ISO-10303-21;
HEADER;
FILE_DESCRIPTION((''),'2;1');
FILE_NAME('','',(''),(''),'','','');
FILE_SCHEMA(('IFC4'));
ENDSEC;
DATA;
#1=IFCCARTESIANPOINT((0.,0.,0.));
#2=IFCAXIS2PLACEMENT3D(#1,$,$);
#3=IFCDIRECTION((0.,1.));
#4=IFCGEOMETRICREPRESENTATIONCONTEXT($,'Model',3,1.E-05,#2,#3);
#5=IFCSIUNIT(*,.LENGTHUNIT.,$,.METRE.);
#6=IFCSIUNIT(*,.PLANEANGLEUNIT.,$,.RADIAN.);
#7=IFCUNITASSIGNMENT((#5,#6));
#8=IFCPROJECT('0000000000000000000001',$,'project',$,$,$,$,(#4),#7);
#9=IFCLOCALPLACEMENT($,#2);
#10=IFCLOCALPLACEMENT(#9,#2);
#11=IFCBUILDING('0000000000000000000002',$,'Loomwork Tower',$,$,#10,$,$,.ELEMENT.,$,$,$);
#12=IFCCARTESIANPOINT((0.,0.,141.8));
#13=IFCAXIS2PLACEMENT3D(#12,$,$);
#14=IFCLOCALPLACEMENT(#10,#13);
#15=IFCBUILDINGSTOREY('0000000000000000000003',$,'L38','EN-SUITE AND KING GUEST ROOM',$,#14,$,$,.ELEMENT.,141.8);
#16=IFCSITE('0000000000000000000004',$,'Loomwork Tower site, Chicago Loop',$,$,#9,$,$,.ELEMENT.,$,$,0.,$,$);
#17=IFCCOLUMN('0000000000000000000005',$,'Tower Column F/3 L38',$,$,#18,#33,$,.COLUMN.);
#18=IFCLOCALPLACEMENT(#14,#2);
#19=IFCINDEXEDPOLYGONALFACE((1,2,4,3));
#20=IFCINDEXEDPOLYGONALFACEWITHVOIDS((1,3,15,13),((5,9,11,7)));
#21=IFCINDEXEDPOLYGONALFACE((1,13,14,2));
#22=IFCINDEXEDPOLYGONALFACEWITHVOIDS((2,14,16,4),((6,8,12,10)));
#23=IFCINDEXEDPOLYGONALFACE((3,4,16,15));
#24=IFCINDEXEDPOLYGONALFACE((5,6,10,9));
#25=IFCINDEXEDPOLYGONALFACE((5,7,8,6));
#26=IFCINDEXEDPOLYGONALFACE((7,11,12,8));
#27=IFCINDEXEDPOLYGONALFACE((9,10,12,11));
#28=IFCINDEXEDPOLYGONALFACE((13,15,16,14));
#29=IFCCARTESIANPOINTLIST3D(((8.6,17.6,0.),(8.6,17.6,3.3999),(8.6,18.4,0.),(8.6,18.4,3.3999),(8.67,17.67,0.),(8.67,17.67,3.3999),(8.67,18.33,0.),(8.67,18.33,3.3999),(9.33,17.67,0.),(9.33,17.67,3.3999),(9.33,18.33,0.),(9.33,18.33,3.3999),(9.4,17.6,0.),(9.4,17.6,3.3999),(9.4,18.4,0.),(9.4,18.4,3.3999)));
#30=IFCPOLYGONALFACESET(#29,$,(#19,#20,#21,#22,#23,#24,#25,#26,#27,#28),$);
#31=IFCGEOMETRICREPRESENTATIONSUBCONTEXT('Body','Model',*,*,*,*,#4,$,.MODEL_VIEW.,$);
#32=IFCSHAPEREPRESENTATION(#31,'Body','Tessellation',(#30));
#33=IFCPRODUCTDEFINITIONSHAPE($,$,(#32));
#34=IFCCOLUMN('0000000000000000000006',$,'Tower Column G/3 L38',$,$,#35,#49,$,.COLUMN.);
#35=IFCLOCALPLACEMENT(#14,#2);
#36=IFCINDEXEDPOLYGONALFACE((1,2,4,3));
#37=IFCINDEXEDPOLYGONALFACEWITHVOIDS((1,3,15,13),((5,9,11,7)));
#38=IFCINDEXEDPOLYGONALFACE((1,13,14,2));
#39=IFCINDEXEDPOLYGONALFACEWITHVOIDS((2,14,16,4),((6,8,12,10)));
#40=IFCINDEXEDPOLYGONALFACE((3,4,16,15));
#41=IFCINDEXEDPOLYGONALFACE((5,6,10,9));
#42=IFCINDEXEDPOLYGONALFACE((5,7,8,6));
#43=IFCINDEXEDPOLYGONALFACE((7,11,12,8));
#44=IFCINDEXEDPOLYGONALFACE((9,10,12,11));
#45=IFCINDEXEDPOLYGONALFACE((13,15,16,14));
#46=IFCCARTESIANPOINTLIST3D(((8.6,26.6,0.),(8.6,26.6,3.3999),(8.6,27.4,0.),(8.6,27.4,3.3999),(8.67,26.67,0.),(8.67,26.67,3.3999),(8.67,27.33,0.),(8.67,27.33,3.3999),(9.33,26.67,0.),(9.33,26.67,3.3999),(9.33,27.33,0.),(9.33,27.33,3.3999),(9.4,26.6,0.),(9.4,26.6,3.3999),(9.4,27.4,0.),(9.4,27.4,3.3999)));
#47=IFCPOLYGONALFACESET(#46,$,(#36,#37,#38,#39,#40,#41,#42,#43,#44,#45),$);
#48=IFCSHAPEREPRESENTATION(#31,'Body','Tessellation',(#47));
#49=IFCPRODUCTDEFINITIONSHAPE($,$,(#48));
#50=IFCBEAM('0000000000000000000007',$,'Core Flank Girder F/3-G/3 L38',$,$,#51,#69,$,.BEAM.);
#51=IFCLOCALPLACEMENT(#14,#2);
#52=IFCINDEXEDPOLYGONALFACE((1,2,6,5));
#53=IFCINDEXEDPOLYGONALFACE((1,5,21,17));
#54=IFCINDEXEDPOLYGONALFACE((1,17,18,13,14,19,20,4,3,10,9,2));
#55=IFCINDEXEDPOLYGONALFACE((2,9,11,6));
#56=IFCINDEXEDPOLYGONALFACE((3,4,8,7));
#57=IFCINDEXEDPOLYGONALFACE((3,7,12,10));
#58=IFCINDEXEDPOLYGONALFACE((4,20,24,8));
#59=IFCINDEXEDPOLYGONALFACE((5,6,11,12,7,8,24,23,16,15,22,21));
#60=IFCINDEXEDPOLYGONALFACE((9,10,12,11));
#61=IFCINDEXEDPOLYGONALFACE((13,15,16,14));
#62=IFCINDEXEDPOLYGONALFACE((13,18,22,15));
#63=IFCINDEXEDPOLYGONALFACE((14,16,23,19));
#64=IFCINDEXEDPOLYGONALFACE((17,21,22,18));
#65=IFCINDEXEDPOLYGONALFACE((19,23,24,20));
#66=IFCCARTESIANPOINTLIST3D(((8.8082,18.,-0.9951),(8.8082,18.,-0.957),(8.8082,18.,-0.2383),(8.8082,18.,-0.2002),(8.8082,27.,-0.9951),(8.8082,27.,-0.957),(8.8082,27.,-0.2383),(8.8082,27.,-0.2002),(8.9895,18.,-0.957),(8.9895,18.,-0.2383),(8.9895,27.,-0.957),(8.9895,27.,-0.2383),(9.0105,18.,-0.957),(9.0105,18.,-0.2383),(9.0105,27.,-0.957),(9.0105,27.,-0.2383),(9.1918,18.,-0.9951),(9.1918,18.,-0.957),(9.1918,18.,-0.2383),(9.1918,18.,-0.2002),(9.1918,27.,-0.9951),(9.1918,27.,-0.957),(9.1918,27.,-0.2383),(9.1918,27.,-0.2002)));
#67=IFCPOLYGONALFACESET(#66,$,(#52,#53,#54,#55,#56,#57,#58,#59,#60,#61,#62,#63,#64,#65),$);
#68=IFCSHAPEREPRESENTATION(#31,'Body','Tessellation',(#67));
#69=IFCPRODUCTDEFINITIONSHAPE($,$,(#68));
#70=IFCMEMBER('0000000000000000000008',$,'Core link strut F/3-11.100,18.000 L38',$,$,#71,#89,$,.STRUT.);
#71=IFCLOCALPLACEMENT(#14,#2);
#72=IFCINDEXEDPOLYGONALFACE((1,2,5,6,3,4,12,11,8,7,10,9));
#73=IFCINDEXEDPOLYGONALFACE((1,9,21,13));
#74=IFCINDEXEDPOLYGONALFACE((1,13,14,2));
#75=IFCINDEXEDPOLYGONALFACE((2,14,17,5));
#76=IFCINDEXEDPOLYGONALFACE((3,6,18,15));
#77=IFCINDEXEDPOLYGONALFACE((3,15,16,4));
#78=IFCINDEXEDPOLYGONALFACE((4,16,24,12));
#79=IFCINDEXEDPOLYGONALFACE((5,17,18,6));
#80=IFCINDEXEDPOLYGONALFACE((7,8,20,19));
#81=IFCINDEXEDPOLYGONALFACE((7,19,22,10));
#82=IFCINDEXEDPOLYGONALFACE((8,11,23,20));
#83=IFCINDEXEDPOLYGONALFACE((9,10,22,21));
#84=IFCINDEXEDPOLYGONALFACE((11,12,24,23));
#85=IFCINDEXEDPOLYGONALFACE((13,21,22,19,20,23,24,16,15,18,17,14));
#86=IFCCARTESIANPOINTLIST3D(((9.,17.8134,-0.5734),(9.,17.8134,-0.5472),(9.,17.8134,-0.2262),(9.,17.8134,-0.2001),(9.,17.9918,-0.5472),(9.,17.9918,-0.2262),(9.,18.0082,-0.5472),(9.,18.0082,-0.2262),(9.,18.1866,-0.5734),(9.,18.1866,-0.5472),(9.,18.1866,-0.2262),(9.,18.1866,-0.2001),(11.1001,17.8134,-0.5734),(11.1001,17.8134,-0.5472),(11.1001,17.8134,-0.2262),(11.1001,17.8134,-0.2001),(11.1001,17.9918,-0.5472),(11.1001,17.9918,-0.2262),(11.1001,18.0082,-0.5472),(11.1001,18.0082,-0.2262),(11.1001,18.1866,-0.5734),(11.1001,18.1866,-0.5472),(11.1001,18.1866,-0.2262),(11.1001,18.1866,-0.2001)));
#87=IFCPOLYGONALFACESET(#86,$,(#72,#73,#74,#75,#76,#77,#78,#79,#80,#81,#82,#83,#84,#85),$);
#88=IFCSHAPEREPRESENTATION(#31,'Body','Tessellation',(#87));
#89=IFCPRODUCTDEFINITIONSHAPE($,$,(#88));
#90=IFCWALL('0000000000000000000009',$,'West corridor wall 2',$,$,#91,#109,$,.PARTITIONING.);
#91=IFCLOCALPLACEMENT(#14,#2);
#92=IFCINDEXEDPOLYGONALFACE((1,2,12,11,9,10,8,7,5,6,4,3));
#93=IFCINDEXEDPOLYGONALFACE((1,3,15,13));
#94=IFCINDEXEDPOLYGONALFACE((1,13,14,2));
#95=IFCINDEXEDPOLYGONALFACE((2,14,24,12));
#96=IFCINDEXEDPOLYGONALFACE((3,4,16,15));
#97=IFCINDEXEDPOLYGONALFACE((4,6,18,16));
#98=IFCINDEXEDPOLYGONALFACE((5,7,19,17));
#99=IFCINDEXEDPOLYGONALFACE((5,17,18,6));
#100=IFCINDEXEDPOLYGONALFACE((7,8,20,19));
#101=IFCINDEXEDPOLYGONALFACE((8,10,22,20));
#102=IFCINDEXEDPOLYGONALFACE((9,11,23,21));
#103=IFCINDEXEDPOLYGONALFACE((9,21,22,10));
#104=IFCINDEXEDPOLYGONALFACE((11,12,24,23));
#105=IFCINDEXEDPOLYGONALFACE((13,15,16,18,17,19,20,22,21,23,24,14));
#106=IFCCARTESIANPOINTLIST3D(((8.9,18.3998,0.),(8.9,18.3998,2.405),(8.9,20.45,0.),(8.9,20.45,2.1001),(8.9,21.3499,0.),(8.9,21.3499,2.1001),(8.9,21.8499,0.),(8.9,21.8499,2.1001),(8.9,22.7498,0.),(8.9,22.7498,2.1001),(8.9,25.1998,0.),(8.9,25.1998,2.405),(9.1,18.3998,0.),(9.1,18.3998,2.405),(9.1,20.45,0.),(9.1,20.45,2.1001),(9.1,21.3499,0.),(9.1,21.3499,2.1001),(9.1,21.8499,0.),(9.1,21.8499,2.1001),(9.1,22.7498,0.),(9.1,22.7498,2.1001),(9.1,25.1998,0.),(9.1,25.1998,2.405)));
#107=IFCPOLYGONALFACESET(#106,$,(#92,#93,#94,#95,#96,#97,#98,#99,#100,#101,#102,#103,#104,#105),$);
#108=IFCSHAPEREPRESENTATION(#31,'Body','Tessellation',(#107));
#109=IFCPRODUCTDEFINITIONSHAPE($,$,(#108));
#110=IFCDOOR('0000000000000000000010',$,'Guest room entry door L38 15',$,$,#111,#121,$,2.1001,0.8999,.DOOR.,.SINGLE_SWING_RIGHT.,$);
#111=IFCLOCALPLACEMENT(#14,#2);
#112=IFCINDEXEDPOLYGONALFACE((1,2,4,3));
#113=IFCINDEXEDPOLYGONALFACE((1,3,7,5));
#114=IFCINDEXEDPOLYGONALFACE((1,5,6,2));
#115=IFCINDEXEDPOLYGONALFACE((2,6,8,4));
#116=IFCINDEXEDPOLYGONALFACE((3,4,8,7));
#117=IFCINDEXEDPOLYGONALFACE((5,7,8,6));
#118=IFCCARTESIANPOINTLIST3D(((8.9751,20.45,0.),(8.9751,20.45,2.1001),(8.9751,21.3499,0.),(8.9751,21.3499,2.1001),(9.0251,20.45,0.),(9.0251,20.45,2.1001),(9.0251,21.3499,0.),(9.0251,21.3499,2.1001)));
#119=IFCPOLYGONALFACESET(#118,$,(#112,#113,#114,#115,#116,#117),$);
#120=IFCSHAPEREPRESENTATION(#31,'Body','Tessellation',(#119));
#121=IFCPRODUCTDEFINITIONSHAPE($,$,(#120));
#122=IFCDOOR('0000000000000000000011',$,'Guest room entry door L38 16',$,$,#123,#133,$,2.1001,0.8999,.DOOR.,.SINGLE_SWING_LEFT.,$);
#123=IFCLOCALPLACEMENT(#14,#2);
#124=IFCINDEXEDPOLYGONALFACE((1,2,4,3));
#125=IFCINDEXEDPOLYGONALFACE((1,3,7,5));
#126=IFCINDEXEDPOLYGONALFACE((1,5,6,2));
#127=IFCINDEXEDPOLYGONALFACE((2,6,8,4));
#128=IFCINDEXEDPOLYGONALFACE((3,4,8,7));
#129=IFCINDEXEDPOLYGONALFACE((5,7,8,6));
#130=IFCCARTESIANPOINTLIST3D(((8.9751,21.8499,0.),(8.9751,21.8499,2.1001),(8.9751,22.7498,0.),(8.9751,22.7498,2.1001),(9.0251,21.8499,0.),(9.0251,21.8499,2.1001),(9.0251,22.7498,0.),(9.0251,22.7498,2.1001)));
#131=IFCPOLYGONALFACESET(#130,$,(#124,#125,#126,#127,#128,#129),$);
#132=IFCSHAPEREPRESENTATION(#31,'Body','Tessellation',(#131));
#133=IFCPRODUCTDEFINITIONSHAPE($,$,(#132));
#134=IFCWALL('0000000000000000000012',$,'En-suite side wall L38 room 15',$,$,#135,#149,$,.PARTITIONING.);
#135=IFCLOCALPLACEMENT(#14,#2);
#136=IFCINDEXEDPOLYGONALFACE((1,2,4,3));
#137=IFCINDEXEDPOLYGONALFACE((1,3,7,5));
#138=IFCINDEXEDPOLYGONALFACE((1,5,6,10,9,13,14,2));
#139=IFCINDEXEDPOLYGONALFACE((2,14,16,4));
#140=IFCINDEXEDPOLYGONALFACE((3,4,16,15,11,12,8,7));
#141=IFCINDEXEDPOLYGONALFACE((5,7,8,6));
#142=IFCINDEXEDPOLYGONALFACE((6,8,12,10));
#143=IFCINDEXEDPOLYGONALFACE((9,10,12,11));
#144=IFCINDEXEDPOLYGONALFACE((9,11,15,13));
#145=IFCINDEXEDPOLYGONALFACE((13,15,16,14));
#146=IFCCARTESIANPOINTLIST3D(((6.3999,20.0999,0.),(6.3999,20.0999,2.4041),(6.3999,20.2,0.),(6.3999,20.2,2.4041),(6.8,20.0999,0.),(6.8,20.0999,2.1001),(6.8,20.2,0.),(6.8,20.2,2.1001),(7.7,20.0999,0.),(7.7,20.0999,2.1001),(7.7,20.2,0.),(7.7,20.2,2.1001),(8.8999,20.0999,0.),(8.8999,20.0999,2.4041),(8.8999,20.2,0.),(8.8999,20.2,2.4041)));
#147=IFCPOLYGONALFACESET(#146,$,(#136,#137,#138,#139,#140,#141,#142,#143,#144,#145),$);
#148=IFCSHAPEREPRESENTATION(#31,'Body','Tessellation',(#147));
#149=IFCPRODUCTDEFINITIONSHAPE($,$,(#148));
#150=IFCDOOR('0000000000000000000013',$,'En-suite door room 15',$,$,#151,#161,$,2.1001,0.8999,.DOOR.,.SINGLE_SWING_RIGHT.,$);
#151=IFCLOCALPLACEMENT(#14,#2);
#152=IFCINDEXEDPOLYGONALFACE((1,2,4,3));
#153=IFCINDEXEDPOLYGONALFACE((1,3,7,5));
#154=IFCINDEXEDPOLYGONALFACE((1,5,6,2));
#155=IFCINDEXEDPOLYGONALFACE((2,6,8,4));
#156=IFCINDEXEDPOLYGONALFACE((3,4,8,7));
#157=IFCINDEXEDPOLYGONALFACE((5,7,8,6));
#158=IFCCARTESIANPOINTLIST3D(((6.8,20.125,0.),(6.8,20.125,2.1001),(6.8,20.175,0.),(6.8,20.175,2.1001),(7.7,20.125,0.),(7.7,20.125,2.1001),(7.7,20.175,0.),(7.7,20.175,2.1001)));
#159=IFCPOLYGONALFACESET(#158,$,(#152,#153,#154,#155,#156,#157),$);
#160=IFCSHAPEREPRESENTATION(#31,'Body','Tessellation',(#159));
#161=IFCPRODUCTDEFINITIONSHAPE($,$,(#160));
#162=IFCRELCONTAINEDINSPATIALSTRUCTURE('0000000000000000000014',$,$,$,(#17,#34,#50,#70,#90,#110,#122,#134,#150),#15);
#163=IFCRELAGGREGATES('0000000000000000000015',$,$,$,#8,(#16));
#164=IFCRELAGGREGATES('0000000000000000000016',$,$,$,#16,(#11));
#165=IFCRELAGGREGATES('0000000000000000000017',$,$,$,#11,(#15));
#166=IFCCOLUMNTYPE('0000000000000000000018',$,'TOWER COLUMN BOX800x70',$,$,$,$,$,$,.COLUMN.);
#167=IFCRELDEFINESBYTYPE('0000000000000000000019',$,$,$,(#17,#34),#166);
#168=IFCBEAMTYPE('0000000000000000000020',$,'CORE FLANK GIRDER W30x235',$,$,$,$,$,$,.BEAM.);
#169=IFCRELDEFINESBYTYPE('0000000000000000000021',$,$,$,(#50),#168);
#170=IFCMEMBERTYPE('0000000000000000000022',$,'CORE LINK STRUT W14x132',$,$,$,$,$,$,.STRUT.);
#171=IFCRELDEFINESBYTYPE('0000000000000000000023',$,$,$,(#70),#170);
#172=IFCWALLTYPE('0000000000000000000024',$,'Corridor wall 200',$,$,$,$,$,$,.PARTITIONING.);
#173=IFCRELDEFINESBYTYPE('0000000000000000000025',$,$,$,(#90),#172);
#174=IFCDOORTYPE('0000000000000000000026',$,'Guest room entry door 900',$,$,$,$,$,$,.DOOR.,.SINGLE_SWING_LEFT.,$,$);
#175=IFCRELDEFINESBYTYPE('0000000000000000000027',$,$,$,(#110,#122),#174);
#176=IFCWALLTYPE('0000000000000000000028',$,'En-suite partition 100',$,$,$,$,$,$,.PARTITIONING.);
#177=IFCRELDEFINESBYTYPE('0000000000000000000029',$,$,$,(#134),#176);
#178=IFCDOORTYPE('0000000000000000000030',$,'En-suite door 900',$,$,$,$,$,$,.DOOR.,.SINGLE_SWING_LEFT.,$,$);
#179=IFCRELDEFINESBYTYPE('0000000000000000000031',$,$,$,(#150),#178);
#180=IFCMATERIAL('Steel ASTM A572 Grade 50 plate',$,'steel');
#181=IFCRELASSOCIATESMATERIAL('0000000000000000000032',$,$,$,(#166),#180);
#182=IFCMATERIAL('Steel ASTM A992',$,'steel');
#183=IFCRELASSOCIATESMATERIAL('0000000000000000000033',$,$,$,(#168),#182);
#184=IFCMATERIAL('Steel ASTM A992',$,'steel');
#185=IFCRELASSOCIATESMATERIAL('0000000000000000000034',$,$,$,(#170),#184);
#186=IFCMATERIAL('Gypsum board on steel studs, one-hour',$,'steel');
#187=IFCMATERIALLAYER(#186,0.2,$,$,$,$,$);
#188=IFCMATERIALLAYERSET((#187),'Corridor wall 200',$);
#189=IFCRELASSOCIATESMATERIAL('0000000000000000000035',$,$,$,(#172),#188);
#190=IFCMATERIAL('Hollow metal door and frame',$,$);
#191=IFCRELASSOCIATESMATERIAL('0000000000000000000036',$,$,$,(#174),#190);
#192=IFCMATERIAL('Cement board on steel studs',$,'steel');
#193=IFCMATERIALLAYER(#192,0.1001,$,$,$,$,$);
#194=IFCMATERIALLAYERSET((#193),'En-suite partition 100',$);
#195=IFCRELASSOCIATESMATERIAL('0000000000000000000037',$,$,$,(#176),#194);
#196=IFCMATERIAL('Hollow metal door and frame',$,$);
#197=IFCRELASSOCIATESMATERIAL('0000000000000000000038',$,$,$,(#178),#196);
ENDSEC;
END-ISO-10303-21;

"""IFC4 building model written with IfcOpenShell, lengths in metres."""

from ifc_helpers import new_model, si_unit, direction, frame, frame_2d, origin, origin_2d, place, context, subcontext, project, spatial, rectangle, hollow_rectangle, i_section, extrude, material, layer, layer_set, material_profile, profile_set, type_object, element, fill, save


model = new_model("IFC4")

# Units and contexts
model_context = context("Model", 3, precision=1e-05, world=origin(), true_north=direction((0.0, 1.0)))
body_context = subcontext(model_context, "Body", "Model", "MODEL_VIEW")
ifc_project = project(units=[si_unit("LENGTHUNIT", "METRE"), si_unit("PLANEANGLEUNIT", "RADIAN")], contexts=[model_context])

# Site, building, storey
site_placement = place(None, origin())
site = spatial("IfcSite", under=ifc_project, at=site_placement, Name="Loomwork Tower site, Chicago Loop", CompositionType="ELEMENT", RefElevation=0.0)
building_placement = place(site_placement, origin())
building = spatial("IfcBuilding", under=site, at=building_placement, Name="Loomwork Tower", CompositionType="ELEMENT")
storey_placement = place(building_placement, frame((0.0, 0.0, 141.8)))
storey = spatial("IfcBuildingStorey", under=building, at=storey_placement, Name="L38", Description="EN-SUITE AND KING GUEST ROOM", CompositionType="ELEMENT", Elevation=141.8)

# Columns
ifc_material_1 = material(Name="Steel ASTM A572 Grade 50 plate", Category="steel")
ifc_material_profile_1 = material_profile(ifc_material_1, hollow_rectangle(XDim=0.8, YDim=0.8, WallThickness=0.0701, at=origin_2d()), Name="BOX800x70")
ifc_profile_set_1 = profile_set([ifc_material_profile_1], Name="Steel ASTM A572 Grade 50 plate")
column_type = type_object("IfcColumnType", Name="TOWER COLUMN BOX800x70", PredefinedType="COLUMN", material=ifc_profile_set_1)
for number, where, z_axis, x_axis, name in (
    (1, (9.0, 18.0, 0.0), (0.0, 0.0, 1.0), (1.0, 0.0, 0.0), "Tower Column F/3 L38"),
    (2, (9.0, 27.0, 0.0), (0.0, 0.0, 1.0), (1.0, 0.0, 0.0), "Tower Column G/3 L38"),
):
    element("IfcColumn", number, at=place(storey_placement, frame(where, z_axis=z_axis, x_axis=x_axis)), inside=storey, type_object=column_type, Name=name, PredefinedType="COLUMN", context=body_context, shape_type="SweptSolid", body=[
        extrude(hollow_rectangle(XDim=0.8, YDim=0.8, WallThickness=0.0701, at=origin_2d()), origin(), (0.0, 0.0, 1.0), 3.3999),
    ])

# Beam
ifc_material_2 = material(Name="Steel ASTM A992", Category="steel")
ifc_material_profile_2 = material_profile(ifc_material_2, i_section(OverallWidth=0.3835, OverallDepth=0.7949, WebThickness=0.021, FlangeThickness=0.0381, at=origin_2d()), Name="W30x235")
ifc_profile_set_2 = profile_set([ifc_material_profile_2], Name="Steel ASTM A992")
beam_type = type_object("IfcBeamType", Name="CORE FLANK GIRDER W30x235", PredefinedType="BEAM", material=ifc_profile_set_2)
beam_placement = place(storey_placement, frame((9.0, 18.0, -0.5977), z_axis=(0.0, 1.0, 0.0), x_axis=(-1.0, 0.0, 0.0)))
element("IfcBeam", 3, at=beam_placement, inside=storey, type_object=beam_type, Name="Core Flank Girder F/3-G/3 L38", PredefinedType="BEAM", context=body_context, shape_type="SweptSolid", body=[
    extrude(i_section(OverallWidth=0.3835, OverallDepth=0.7949, WebThickness=0.021, FlangeThickness=0.0381, at=origin_2d()), origin(), (0.0, 0.0, 1.0), 9.0),
])

# Member
ifc_material_3 = material(Name="Steel ASTM A992", Category="steel")
ifc_material_profile_3 = material_profile(ifc_material_3, i_section(OverallWidth=0.3733, OverallDepth=0.3733, WebThickness=0.0164, FlangeThickness=0.0261, at=origin_2d()), Name="W14x132")
ifc_profile_set_3 = profile_set([ifc_material_profile_3], Name="Steel ASTM A992")
member_type = type_object("IfcMemberType", Name="CORE LINK STRUT W14x132", PredefinedType="STRUT", material=ifc_profile_set_3)
member_placement = place(storey_placement, frame((9.0, 18.0, -0.3867), z_axis=(1.0, 0.0, 0.0), x_axis=(0.0, 1.0, 0.0)))
element("IfcMember", 4, at=member_placement, inside=storey, type_object=member_type, Name="Core link strut F/3-11.100,18.000 L38", PredefinedType="STRUT", context=body_context, shape_type="SweptSolid", body=[
    extrude(i_section(OverallWidth=0.3733, OverallDepth=0.3733, WebThickness=0.0164, FlangeThickness=0.0261, at=origin_2d()), origin(), (0.0, 0.0, 1.0), 2.1001),
])

# Wall, openings, doors
ifc_material_4 = material(Name="Gypsum board on steel studs, one-hour", Category="steel")
ifc_layer_1 = layer(ifc_material_4, 0.2)
ifc_layer_set_1 = layer_set([ifc_layer_1], Name="Corridor wall 200")
wall_type_1 = type_object("IfcWallType", Name="Corridor wall 200", PredefinedType="PARTITIONING", material=ifc_layer_set_1)
wall_1_placement = place(storey_placement, frame((9.0, 18.3999, 0.0), z_axis=(0.0, 0.0, 1.0), x_axis=(0.0, 1.0, 0.0)))
wall_1 = element("IfcWall", 5, at=wall_1_placement, inside=storey, type_object=wall_type_1, Name="West corridor wall 2", PredefinedType="PARTITIONING", context=body_context, shape_type="SweptSolid", body=[
    extrude(rectangle(XDim=6.8, YDim=0.2, at=frame_2d((3.3999, 0.0))), origin(), (0.0, 0.0, 1.0), 2.405),
])
opening_1_placement = place(wall_1_placement, frame((2.05, 0.0, 0.0)))
opening_1 = element("IfcOpeningElement", 6, at=opening_1_placement, cuts=wall_1, PredefinedType="OPENING", context=body_context, shape_type="SweptSolid", body=[
    extrude(rectangle(XDim=0.8999, YDim=2.1001, at=frame_2d((0.45, 1.05))), frame((0.0, 0.1099, 0.0), z_axis=(0.0, -1.0, 0.0), x_axis=(1.0, 0.0, 0.0)), (0.0, 0.0, 1.0), 0.22),
])
opening_2_placement = place(wall_1_placement, frame((3.45, 0.0, 0.0)))
opening_2 = element("IfcOpeningElement", 7, at=opening_2_placement, cuts=wall_1, PredefinedType="OPENING", context=body_context, shape_type="SweptSolid", body=[
    extrude(rectangle(XDim=0.8999, YDim=2.1001, at=frame_2d((0.45, 1.05))), frame((0.0, 0.1099, 0.0), z_axis=(0.0, -1.0, 0.0), x_axis=(1.0, 0.0, 0.0)), (0.0, 0.0, 1.0), 0.22),
])
ifc_material_5 = material(Name="Hollow metal door and frame")
door_type_1 = type_object("IfcDoorType", Name="Guest room entry door 900", OperationType="SINGLE_SWING_LEFT", PredefinedType="DOOR", material=ifc_material_5)
door_1_placement = place(opening_1_placement, origin())
door_1 = element("IfcDoor", 8, at=door_1_placement, inside=storey, type_object=door_type_1, Name="Guest room entry door L38 15", OperationType="SINGLE_SWING_RIGHT", OverallHeight=2.1001, OverallWidth=0.8999, PredefinedType="DOOR", context=body_context, shape_type="SweptSolid", body=[
    extrude(rectangle(XDim=0.8999, YDim=2.1001, at=frame_2d((0.45, 1.05))), frame((0.0, 0.0249, 0.0), z_axis=(0.0, -1.0, 0.0), x_axis=(1.0, 0.0, 0.0)), (0.0, 0.0, 1.0), 0.05),
])
fill(opening_1, door_1)
door_2_placement = place(opening_2_placement, origin())
door_2 = element("IfcDoor", 9, at=door_2_placement, inside=storey, type_object=door_type_1, Name="Guest room entry door L38 16", OperationType="SINGLE_SWING_LEFT", OverallHeight=2.1001, OverallWidth=0.8999, PredefinedType="DOOR", context=body_context, shape_type="SweptSolid", body=[
    extrude(rectangle(XDim=0.8999, YDim=2.1001, at=frame_2d((0.45, 1.05))), frame((0.0, 0.0249, 0.0), z_axis=(0.0, -1.0, 0.0), x_axis=(1.0, 0.0, 0.0)), (0.0, 0.0, 1.0), 0.05),
])
fill(opening_2, door_2)

# Wall, opening, door
ifc_material_6 = material(Name="Cement board on steel studs", Category="steel")
ifc_layer_2 = layer(ifc_material_6, 0.1001)
ifc_layer_set_2 = layer_set([ifc_layer_2], Name="En-suite partition 100")
wall_type_2 = type_object("IfcWallType", Name="En-suite partition 100", PredefinedType="PARTITIONING", material=ifc_layer_set_2)
wall_2_placement = place(storey_placement, frame((8.8999, 20.1499, 0.0), z_axis=(0.0, 0.0, 1.0), x_axis=(-1.0, 0.0, 0.0)))
wall_2 = element("IfcWall", 10, at=wall_2_placement, inside=storey, type_object=wall_type_2, Name="En-suite side wall L38 room 15", PredefinedType="PARTITIONING", context=body_context, shape_type="SweptSolid", body=[
    extrude(rectangle(XDim=2.5, YDim=0.1001, at=frame_2d((1.25, 0.0))), origin(), (0.0, 0.0, 1.0), 2.4041),
])
opening_3_placement = place(wall_2_placement, frame((1.2, 0.0, 0.0)))
opening_3 = element("IfcOpeningElement", 11, at=opening_3_placement, cuts=wall_2, PredefinedType="OPENING", context=body_context, shape_type="SweptSolid", body=[
    extrude(rectangle(XDim=0.8999, YDim=2.1001, at=frame_2d((0.45, 1.05))), frame((0.0, 0.0601, 0.0), z_axis=(0.0, -1.0, 0.0), x_axis=(1.0, 0.0, 0.0)), (0.0, 0.0, 1.0), 0.1201),
])
ifc_material_7 = material(Name="Hollow metal door and frame")
door_type_2 = type_object("IfcDoorType", Name="En-suite door 900", OperationType="SINGLE_SWING_LEFT", PredefinedType="DOOR", material=ifc_material_7)
door_3_placement = place(opening_3_placement, origin())
door_3 = element("IfcDoor", 12, at=door_3_placement, inside=storey, type_object=door_type_2, Name="En-suite door room 15", OperationType="SINGLE_SWING_RIGHT", OverallHeight=2.1001, OverallWidth=0.8999, PredefinedType="DOOR", context=body_context, shape_type="SweptSolid", body=[
    extrude(rectangle(XDim=0.8999, YDim=2.1001, at=frame_2d((0.45, 1.05))), frame((0.0, 0.0249, 0.0), z_axis=(0.0, -1.0, 0.0), x_axis=(1.0, 0.0, 0.0)), (0.0, 0.0, 1.0), 0.05),
])
fill(opening_3, door_3)

save(model, "model.ifc")
